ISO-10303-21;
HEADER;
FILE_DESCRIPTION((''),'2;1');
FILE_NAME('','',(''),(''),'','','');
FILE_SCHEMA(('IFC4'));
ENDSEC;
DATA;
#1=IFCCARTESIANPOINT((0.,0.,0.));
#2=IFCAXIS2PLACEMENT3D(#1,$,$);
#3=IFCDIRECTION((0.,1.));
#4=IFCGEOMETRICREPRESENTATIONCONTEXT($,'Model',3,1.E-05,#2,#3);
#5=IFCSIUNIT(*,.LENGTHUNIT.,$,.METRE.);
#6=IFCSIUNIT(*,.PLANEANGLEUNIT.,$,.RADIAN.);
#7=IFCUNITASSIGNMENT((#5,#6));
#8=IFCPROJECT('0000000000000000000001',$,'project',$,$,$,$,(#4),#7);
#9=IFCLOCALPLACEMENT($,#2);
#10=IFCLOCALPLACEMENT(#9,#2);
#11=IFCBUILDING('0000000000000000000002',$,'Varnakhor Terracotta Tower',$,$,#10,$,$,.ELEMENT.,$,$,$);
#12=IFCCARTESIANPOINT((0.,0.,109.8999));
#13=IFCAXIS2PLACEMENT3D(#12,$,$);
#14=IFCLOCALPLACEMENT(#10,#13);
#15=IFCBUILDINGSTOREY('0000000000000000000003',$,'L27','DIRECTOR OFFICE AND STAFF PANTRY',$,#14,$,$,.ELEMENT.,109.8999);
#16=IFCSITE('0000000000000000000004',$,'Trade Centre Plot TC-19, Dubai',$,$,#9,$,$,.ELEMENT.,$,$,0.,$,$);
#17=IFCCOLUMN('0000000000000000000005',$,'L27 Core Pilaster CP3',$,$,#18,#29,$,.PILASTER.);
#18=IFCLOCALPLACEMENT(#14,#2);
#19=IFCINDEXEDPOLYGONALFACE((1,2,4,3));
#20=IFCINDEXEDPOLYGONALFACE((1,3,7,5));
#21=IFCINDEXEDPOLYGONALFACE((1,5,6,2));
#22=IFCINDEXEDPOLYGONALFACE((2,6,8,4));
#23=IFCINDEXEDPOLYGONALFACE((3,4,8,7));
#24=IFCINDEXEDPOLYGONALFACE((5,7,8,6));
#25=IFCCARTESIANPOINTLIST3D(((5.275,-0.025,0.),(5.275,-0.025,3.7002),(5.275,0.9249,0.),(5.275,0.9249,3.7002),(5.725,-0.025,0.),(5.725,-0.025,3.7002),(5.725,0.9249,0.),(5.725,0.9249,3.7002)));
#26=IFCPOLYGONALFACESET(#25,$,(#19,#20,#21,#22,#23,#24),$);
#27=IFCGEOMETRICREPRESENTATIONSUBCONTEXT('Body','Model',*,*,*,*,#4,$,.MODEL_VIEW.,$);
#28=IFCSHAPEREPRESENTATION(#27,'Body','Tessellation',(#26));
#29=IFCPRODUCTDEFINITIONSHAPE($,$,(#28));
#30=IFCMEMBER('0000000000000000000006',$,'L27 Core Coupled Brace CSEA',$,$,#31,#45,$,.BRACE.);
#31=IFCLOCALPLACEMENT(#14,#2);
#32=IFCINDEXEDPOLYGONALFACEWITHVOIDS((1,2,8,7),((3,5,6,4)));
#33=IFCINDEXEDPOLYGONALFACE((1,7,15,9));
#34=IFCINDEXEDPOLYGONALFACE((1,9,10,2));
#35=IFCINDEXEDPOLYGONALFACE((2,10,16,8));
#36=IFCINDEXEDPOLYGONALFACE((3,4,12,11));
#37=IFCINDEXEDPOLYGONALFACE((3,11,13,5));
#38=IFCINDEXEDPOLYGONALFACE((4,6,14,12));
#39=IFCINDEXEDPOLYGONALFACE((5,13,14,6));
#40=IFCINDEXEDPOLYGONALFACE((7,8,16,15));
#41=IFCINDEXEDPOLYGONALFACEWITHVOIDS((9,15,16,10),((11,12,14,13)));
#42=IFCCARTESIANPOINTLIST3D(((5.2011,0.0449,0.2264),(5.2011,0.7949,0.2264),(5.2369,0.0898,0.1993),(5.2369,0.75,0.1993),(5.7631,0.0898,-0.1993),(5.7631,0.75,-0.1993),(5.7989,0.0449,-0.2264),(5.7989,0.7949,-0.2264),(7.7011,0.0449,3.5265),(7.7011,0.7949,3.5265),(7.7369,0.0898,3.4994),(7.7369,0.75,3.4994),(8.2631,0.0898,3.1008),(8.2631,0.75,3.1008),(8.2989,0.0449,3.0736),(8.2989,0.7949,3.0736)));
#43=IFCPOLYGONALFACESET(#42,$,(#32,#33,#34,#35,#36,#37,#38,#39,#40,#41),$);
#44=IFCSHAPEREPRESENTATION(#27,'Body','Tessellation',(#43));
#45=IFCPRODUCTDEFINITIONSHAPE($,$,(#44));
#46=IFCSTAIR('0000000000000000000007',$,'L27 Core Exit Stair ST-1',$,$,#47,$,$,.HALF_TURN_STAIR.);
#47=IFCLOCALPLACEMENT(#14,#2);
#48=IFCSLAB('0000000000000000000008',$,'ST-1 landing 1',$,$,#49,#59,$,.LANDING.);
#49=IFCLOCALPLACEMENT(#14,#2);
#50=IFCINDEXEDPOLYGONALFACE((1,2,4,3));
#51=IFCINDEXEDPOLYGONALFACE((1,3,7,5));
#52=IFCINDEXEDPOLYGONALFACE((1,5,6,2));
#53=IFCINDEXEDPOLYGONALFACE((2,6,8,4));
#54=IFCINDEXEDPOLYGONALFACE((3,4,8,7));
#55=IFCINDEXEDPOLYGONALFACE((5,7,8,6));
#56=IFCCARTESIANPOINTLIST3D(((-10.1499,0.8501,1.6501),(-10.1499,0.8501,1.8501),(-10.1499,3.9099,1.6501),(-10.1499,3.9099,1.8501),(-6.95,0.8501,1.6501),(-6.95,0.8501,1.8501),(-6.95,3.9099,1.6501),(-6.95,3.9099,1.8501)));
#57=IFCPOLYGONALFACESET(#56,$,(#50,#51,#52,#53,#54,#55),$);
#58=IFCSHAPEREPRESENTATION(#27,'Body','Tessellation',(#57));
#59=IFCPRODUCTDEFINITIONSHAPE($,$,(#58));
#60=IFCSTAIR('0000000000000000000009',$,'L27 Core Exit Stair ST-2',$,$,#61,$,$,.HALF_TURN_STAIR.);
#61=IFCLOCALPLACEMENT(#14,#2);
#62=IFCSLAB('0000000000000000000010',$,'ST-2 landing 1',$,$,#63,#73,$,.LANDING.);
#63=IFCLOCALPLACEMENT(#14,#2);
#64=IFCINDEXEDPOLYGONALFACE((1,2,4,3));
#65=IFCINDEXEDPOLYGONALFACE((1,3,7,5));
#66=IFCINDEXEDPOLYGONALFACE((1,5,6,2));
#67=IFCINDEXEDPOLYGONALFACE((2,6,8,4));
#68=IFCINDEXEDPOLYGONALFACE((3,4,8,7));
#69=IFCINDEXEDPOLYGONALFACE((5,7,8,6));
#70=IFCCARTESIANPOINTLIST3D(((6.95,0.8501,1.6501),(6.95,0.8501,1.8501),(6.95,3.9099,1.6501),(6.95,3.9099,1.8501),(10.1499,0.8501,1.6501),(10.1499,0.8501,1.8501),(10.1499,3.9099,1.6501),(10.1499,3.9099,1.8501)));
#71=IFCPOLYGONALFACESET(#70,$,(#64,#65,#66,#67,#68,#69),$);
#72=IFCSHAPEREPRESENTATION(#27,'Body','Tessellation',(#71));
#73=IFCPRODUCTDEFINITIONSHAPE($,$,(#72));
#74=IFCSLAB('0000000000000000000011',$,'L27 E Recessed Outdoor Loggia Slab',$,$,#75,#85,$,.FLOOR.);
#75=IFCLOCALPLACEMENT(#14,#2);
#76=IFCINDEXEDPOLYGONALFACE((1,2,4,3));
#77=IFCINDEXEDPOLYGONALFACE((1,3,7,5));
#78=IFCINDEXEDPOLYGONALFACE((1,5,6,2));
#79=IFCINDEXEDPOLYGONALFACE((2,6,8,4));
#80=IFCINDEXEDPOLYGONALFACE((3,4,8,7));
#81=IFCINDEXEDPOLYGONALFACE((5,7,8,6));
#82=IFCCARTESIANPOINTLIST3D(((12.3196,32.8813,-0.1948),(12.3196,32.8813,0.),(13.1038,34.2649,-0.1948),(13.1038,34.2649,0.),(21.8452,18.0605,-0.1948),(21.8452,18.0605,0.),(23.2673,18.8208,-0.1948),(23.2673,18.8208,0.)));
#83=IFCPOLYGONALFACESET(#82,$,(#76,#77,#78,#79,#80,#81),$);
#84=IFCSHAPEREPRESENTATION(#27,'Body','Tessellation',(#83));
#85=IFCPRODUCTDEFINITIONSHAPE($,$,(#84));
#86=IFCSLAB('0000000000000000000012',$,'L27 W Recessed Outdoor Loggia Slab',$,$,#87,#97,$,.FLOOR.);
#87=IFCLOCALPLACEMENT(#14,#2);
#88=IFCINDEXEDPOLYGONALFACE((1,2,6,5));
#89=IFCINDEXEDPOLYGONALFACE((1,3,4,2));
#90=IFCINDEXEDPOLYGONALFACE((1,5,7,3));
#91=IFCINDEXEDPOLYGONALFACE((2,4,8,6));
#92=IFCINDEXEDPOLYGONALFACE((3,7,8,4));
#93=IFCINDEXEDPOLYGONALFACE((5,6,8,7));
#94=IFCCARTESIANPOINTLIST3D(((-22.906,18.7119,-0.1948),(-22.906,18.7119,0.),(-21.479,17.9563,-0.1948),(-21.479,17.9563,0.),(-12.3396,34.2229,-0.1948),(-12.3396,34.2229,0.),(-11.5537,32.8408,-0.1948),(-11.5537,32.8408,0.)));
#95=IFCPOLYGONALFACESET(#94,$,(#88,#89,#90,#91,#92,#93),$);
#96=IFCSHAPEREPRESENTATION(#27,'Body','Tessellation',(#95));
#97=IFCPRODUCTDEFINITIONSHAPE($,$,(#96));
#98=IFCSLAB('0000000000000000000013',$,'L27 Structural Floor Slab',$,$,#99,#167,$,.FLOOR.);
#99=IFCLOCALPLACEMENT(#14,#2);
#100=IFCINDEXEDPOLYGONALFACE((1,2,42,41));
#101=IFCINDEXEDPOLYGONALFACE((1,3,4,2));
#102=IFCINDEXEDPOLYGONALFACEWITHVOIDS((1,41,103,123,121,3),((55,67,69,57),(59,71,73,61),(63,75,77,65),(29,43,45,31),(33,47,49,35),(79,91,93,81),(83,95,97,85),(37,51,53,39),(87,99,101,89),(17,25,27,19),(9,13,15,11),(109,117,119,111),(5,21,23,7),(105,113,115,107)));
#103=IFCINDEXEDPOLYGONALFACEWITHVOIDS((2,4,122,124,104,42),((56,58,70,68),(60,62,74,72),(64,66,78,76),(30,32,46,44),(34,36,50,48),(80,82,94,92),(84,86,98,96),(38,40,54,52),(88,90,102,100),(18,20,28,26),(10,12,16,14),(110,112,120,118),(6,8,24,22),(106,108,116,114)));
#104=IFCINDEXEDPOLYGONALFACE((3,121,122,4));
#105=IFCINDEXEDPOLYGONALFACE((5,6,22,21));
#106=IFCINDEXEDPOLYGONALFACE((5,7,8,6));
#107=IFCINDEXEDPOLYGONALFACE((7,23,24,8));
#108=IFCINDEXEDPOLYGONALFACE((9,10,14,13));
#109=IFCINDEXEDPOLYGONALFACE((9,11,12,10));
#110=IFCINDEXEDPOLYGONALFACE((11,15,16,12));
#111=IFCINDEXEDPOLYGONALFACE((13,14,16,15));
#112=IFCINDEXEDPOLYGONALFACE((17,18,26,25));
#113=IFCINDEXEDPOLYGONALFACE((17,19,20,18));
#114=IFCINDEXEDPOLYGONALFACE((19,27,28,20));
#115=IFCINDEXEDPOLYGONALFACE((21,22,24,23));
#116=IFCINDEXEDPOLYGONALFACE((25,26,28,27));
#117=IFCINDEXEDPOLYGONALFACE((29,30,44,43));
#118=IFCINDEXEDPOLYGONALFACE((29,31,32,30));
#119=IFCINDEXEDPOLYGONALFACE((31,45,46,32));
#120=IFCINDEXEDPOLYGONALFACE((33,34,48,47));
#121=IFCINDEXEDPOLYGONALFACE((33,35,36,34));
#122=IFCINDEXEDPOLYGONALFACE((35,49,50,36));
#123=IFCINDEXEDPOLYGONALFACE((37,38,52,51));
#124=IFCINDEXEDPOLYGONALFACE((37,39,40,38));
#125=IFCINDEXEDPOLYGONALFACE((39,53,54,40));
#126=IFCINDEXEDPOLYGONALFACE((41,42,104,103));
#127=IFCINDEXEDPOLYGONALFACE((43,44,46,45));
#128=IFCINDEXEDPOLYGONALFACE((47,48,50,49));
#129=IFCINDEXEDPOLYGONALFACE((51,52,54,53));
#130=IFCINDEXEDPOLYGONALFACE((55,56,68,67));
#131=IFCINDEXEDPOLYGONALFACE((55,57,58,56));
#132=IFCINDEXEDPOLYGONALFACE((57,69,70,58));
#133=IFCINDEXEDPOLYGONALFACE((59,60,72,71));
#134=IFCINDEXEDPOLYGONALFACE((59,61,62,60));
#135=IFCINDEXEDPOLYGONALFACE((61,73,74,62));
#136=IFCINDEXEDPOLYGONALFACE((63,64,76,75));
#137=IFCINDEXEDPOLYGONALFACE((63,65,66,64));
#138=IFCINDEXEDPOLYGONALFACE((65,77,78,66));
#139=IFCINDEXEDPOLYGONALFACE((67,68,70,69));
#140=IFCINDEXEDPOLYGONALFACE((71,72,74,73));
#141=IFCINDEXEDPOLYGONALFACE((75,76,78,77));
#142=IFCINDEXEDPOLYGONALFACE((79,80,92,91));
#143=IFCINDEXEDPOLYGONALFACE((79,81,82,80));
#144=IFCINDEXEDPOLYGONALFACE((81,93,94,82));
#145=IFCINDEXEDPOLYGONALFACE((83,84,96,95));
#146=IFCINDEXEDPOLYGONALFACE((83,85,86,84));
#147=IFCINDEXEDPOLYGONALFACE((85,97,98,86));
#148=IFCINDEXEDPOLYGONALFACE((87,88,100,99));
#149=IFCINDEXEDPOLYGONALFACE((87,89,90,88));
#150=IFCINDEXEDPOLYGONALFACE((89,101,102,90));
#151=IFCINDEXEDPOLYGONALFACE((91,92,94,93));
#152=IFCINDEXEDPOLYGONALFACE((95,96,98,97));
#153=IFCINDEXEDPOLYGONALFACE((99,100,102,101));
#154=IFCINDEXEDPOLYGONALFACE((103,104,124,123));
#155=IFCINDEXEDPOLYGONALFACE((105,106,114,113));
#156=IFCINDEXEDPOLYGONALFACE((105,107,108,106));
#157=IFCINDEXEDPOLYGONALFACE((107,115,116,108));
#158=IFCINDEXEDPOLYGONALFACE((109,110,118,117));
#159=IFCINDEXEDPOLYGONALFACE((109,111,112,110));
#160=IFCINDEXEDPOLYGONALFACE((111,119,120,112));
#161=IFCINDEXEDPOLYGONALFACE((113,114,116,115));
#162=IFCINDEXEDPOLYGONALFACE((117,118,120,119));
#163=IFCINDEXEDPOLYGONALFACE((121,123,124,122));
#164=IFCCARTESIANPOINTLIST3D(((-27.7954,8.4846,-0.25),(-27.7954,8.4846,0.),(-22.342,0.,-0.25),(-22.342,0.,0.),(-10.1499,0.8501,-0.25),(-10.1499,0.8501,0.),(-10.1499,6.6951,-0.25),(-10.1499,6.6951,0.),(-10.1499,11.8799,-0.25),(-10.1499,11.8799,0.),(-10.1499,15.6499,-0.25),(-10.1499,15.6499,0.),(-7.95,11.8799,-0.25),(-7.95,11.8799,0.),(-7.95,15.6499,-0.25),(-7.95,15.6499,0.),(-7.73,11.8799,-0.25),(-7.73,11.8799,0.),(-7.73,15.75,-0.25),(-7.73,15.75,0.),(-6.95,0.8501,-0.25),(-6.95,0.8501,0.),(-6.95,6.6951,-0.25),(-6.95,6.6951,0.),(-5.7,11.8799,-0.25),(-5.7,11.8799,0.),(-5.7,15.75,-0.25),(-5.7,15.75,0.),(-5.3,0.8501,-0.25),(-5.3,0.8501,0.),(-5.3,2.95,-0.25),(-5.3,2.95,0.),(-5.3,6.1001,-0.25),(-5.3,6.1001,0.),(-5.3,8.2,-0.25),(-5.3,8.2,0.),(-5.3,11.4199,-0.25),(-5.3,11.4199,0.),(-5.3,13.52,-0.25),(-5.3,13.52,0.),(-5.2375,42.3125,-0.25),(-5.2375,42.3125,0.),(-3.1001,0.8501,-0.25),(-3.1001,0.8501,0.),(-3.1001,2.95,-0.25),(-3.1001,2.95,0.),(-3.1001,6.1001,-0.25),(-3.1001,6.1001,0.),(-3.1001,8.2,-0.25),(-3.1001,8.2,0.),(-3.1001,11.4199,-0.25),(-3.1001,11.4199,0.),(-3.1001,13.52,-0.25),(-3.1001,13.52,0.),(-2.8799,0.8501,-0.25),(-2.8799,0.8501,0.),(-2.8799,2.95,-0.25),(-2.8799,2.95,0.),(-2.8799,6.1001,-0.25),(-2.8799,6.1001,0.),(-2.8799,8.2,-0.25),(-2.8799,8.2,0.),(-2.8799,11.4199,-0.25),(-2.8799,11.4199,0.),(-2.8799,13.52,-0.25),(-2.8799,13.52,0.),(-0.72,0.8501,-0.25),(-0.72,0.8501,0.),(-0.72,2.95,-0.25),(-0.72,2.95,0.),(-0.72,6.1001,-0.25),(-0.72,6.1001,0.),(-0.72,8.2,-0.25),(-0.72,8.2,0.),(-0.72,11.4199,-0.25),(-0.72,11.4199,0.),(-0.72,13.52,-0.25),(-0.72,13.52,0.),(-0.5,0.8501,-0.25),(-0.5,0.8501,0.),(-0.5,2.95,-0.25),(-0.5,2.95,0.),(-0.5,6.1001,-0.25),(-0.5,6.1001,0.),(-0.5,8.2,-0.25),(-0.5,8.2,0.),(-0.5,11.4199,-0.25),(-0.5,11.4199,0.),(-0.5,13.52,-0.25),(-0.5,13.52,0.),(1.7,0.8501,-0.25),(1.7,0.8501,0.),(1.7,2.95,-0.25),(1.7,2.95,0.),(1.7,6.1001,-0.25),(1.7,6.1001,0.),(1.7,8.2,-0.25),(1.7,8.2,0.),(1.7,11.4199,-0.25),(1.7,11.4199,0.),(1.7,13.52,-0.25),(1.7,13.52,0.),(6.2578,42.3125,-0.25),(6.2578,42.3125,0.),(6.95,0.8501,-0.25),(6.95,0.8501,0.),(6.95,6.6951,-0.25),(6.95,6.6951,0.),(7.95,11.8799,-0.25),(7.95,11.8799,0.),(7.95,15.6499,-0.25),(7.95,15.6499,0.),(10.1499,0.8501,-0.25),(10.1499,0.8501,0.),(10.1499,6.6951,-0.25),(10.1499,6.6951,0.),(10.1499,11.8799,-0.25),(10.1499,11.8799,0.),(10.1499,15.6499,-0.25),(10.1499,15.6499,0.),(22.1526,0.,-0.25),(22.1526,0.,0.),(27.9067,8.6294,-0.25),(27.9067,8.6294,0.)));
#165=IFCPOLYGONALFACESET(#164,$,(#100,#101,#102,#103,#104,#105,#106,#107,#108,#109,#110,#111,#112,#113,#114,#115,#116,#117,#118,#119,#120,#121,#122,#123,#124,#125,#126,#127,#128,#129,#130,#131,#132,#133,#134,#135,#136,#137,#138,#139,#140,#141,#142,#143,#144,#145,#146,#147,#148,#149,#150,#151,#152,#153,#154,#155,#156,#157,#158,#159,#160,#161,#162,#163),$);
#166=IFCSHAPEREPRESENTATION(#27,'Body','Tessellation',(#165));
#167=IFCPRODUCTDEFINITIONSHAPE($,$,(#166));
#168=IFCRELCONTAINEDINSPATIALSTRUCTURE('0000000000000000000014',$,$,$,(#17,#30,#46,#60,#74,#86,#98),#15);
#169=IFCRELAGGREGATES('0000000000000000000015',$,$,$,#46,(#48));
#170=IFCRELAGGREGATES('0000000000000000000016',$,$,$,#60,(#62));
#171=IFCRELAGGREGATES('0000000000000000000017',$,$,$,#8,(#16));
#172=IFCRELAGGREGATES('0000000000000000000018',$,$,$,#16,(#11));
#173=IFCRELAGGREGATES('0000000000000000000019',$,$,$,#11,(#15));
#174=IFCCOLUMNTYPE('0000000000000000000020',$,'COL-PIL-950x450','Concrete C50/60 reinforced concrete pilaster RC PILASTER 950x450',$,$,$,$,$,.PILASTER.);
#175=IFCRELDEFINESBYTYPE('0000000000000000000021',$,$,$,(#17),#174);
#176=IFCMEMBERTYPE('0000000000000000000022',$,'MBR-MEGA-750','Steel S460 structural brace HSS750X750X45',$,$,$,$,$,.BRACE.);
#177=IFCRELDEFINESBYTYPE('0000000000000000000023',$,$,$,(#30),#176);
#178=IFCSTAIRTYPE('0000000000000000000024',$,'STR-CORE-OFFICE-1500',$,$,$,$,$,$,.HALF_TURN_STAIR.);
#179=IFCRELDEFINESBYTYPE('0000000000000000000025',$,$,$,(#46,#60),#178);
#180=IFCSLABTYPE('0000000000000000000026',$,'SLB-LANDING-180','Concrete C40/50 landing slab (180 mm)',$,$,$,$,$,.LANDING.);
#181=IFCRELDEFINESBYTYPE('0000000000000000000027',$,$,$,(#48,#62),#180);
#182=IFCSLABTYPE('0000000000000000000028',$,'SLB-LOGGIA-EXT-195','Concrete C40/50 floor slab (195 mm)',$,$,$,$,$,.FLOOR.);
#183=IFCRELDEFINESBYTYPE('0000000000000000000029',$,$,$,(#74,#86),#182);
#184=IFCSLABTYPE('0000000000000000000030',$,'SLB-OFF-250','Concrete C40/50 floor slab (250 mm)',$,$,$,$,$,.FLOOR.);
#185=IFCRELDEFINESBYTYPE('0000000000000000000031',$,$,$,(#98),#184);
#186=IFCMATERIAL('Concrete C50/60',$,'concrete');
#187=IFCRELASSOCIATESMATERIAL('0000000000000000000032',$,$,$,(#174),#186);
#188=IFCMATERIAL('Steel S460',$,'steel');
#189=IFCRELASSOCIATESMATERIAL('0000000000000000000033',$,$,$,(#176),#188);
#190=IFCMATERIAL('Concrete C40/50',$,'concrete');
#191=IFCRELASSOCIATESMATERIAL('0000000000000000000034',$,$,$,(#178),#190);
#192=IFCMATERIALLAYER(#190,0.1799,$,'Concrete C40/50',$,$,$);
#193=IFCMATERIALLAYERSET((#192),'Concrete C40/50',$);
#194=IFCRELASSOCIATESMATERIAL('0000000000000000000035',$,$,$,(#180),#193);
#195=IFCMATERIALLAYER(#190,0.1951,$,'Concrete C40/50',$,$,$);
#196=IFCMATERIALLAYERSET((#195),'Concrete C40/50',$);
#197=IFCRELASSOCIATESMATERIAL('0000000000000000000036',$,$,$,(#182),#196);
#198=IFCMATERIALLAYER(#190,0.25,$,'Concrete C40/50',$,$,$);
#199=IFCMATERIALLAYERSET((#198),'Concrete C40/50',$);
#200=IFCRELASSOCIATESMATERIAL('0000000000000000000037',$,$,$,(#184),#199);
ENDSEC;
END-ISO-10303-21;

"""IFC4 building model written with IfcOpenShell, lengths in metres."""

from ifc_helpers import new_model, si_unit, direction, frame, origin, origin_2d, place, context, subcontext, project, spatial, polyline, rectangle, hollow_rectangle, outline, extrude, source, transform, mapped, material, layer, layer_set, material_profile, profile_set, type_object, type_shapes, element, aggregate, save


model = new_model("IFC4")

# Units and contexts
model_context = context("Model", 3, precision=1e-05, world=origin(), true_north=direction((0.0, 1.0)))
body_context = subcontext(model_context, "Body", "Model", "MODEL_VIEW")
ifc_project = project(units=[si_unit("LENGTHUNIT", "METRE"), si_unit("PLANEANGLEUNIT", "RADIAN")], contexts=[model_context])

# Site, building, storey
site_placement = place(None, origin())
site = spatial("IfcSite", under=ifc_project, at=site_placement, Name="Trade Centre Plot TC-19, Dubai", CompositionType="ELEMENT", RefElevation=0.0)
building_placement = place(site_placement, origin())
building = spatial("IfcBuilding", under=site, at=building_placement, Name="Varnakhor Terracotta Tower", CompositionType="ELEMENT")
storey_placement = place(building_placement, frame((0.0, 0.0, 109.8999)))
storey = spatial("IfcBuildingStorey", under=building, at=storey_placement, Name="L27", Description="DIRECTOR OFFICE AND STAFF PANTRY", CompositionType="ELEMENT", Elevation=109.8999)

# Column
ifc_material_1 = material(Name="Concrete C50/60", Category="concrete")
ifc_material_profile_1 = material_profile(ifc_material_1, rectangle(XDim=0.45, YDim=0.95, at=origin_2d()), Name="RC PILASTER 950x450")
ifc_profile_set_1 = profile_set([ifc_material_profile_1], Name="Concrete C50/60")
column_type = type_object("IfcColumnType", Name="COL-PIL-950x450", Description="Concrete C50/60 reinforced concrete pilaster RC PILASTER 950x450", PredefinedType="PILASTER", material=ifc_profile_set_1)
shared_shape_1 = source(origin(), body_context, "Body", "SweptSolid", [
    extrude(rectangle(XDim=0.45, YDim=0.95, at=origin_2d()), origin(), (0.0, 0.0, 1.0), 3.7002),
])
column_placement = place(storey_placement, frame((5.5, 0.45, 0.0), z_axis=(0.0, 0.0, 1.0), x_axis=(1.0, 0.0, 0.0)))
element("IfcColumn", 1, at=column_placement, inside=storey, type_object=column_type, Name="L27 Core Pilaster CP3", PredefinedType="PILASTER", context=body_context, shape_type="MappedRepresentation", body=[
    mapped(shared_shape_1, transform((0.0, 0.0, 0.0), scale=1.0)),
])

# Member
ifc_material_2 = material(Name="Steel S460", Category="steel")
ifc_material_profile_2 = material_profile(ifc_material_2, hollow_rectangle(XDim=0.75, YDim=0.75, WallThickness=0.0449, at=origin_2d()), Name="HSS750X750X45")
ifc_profile_set_2 = profile_set([ifc_material_profile_2], Name="Steel S460")
member_type = type_object("IfcMemberType", Name="MBR-MEGA-750", Description="Steel S460 structural brace HSS750X750X45", PredefinedType="BRACE", material=ifc_profile_set_2)
shared_shape_2 = source(origin(), body_context, "Body", "SweptSolid", [
    extrude(hollow_rectangle(XDim=0.75, YDim=0.75, WallThickness=0.0449, at=origin_2d()), origin(), (0.0, 0.0, 1.0), 4.1401),
])
type_shapes(member_type, [shared_shape_2])
member_placement = place(storey_placement, frame((5.5, 0.4199, 0.0), z_axis=(0.603852, 0.0, 0.797096), x_axis=(0.0, 1.0, 0.0)))
element("IfcMember", 2, at=member_placement, inside=storey, type_object=member_type, Name="L27 Core Coupled Brace CSEA", PredefinedType="BRACE", context=body_context, shape_type="MappedRepresentation", body=[
    mapped(shared_shape_2, transform((0.0, 0.0, 0.0), scale=1.0)),
])

# Stairs, slabs
ifc_material_3 = material(Name="Concrete C40/50", Category="concrete")
stair_type = type_object("IfcStairType", Name="STR-CORE-OFFICE-1500", PredefinedType="HALF_TURN_STAIR", material=ifc_material_3)
stair_1_placement = place(storey_placement, origin())
stair_1 = element("IfcStair", 3, at=stair_1_placement, inside=storey, type_object=stair_type, Name="L27 Core Exit Stair ST-1", PredefinedType="HALF_TURN_STAIR")
ifc_layer_1 = layer(ifc_material_3, 0.1799, Name="Concrete C40/50")
ifc_layer_set_1 = layer_set([ifc_layer_1], Name="Concrete C40/50")
slab_type_1 = type_object("IfcSlabType", Name="SLB-LANDING-180", Description="Concrete C40/50 landing slab (180 mm)", PredefinedType="LANDING", material=ifc_layer_set_1)
slab_1_placement = place(storey_placement, frame((0.0, 0.0, 1.6501)))
slab_1 = element("IfcSlab", 4, at=slab_1_placement, type_object=slab_type_1, Name="ST-1 landing 1", PredefinedType="LANDING", context=body_context, shape_type="SweptSolid", body=[
    extrude(outline(polyline([(-10.1499, 3.9099), (-10.1499, 0.8501), (-6.95, 0.8501), (-6.95, 3.9099), (-10.1499, 3.9099)])), origin(), (0.0, 0.0, 1.0), 0.2),
])
aggregate(stair_1, [slab_1])
stair_2_placement = place(storey_placement, origin())
stair_2 = element("IfcStair", 5, at=stair_2_placement, inside=storey, type_object=stair_type, Name="L27 Core Exit Stair ST-2", PredefinedType="HALF_TURN_STAIR")
slab_2_placement = place(storey_placement, frame((0.0, 0.0, 1.6501)))
slab_2 = element("IfcSlab", 6, at=slab_2_placement, type_object=slab_type_1, Name="ST-2 landing 1", PredefinedType="LANDING", context=body_context, shape_type="SweptSolid", body=[
    extrude(outline(polyline([(6.95, 3.9099), (6.95, 0.8501), (10.1499, 0.8501), (10.1499, 3.9099), (6.95, 3.9099)])), origin(), (0.0, 0.0, 1.0), 0.2),
])
aggregate(stair_2, [slab_2])

# Slabs
ifc_layer_2 = layer(ifc_material_3, 0.1951, Name="Concrete C40/50")
ifc_layer_set_2 = layer_set([ifc_layer_2], Name="Concrete C40/50")
slab_type_2 = type_object("IfcSlabType", Name="SLB-LOGGIA-EXT-195", Description="Concrete C40/50 floor slab (195 mm)", PredefinedType="FLOOR", material=ifc_layer_set_2)
slab_3_placement = place(storey_placement, frame((0.0, 0.0, -0.1948)))
element("IfcSlab", 7, at=slab_3_placement, inside=storey, type_object=slab_type_2, Name="L27 E Recessed Outdoor Loggia Slab", PredefinedType="FLOOR", context=body_context, shape_type="SweptSolid", body=[
    extrude(outline(polyline([(13.1038, 34.2649), (23.2673, 18.8208), (21.8452, 18.0605), (12.3196, 32.8813), (13.1038, 34.2649)])), origin(), (0.0, 0.0, 1.0), 0.1948),
])
slab_4_placement = place(storey_placement, frame((0.0, 0.0, -0.1948)))
element("IfcSlab", 8, at=slab_4_placement, inside=storey, type_object=slab_type_2, Name="L27 W Recessed Outdoor Loggia Slab", PredefinedType="FLOOR", context=body_context, shape_type="SweptSolid", body=[
    extrude(outline(polyline([(-22.906, 18.7119), (-12.3396, 34.2229), (-11.5537, 32.8408), (-21.479, 17.9563), (-22.906, 18.7119)])), origin(), (0.0, 0.0, 1.0), 0.1948),
])
ifc_layer_3 = layer(ifc_material_3, 0.25, Name="Concrete C40/50")
ifc_layer_set_3 = layer_set([ifc_layer_3], Name="Concrete C40/50")
slab_type_3 = type_object("IfcSlabType", Name="SLB-OFF-250", Description="Concrete C40/50 floor slab (250 mm)", PredefinedType="FLOOR", material=ifc_layer_set_3)
slab_5_placement = place(storey_placement, frame((0.0, 0.0, -0.25)))
element("IfcSlab", 9, at=slab_5_placement, inside=storey, type_object=slab_type_3, Name="L27 Structural Floor Slab", PredefinedType="FLOOR", context=body_context, shape_type="SweptSolid", body=[
    extrude(outline(polyline([(-27.7954, 8.4846), (-5.2375, 42.3125), (6.2578, 42.3125), (27.9067, 8.6294), (22.1526, 0.0), (-22.342, 0.0), (-27.7954, 8.4846)]), holes=[polyline([(-3.1001, 0.8501), (-3.1001, 2.95), (-5.3, 2.95), (-5.3, 0.8501), (-3.1001, 0.8501)]), polyline([(-2.8799, 0.8501), (-0.72, 0.8501), (-0.72, 2.95), (-2.8799, 2.95), (-2.8799, 0.8501)]), polyline([(-10.1499, 0.8501), (-6.95, 0.8501), (-6.95, 6.6951), (-10.1499, 6.6951), (-10.1499, 0.8501)]), polyline([(-5.3, 6.1001), (-3.1001, 6.1001), (-3.1001, 8.2), (-5.3, 8.2), (-5.3, 6.1001)]), polyline([(-5.3, 11.4199), (-3.1001, 11.4199), (-3.1001, 13.52), (-5.3, 13.52), (-5.3, 11.4199)]), polyline([(-10.1499, 11.8799), (-7.95, 11.8799), (-7.95, 15.6499), (-10.1499, 15.6499), (-10.1499, 11.8799)]), polyline([(-7.73, 11.8799), (-5.7, 11.8799), (-5.7, 15.75), (-7.73, 15.75), (-7.73, 11.8799)]), polyline([(1.7, 0.8501), (1.7, 2.95), (-0.5, 2.95), (-0.5, 0.8501), (1.7, 0.8501)]), polyline([(6.95, 0.8501), (10.1499, 0.8501), (10.1499, 6.6951), (6.95, 6.6951), (6.95, 0.8501)]), polyline([(-2.8799, 6.1001), (-0.72, 6.1001), (-0.72, 8.2), (-2.8799, 8.2), (-2.8799, 6.1001)]), polyline([(-0.5, 6.1001), (1.7, 6.1001), (1.7, 8.2), (-0.5, 8.2), (-0.5, 6.1001)]), polyline([(-2.8799, 11.4199), (-0.72, 11.4199), (-0.72, 13.52), (-2.8799, 13.52), (-2.8799, 11.4199)]), polyline([(-0.5, 11.4199), (1.7, 11.4199), (1.7, 13.52), (-0.5, 13.52), (-0.5, 11.4199)]), polyline([(7.95, 11.8799), (10.1499, 11.8799), (10.1499, 15.6499), (7.95, 15.6499), (7.95, 11.8799)])]), origin(), (0.0, 0.0, 1.0), 0.25),
])

save(model, "model.ifc")
